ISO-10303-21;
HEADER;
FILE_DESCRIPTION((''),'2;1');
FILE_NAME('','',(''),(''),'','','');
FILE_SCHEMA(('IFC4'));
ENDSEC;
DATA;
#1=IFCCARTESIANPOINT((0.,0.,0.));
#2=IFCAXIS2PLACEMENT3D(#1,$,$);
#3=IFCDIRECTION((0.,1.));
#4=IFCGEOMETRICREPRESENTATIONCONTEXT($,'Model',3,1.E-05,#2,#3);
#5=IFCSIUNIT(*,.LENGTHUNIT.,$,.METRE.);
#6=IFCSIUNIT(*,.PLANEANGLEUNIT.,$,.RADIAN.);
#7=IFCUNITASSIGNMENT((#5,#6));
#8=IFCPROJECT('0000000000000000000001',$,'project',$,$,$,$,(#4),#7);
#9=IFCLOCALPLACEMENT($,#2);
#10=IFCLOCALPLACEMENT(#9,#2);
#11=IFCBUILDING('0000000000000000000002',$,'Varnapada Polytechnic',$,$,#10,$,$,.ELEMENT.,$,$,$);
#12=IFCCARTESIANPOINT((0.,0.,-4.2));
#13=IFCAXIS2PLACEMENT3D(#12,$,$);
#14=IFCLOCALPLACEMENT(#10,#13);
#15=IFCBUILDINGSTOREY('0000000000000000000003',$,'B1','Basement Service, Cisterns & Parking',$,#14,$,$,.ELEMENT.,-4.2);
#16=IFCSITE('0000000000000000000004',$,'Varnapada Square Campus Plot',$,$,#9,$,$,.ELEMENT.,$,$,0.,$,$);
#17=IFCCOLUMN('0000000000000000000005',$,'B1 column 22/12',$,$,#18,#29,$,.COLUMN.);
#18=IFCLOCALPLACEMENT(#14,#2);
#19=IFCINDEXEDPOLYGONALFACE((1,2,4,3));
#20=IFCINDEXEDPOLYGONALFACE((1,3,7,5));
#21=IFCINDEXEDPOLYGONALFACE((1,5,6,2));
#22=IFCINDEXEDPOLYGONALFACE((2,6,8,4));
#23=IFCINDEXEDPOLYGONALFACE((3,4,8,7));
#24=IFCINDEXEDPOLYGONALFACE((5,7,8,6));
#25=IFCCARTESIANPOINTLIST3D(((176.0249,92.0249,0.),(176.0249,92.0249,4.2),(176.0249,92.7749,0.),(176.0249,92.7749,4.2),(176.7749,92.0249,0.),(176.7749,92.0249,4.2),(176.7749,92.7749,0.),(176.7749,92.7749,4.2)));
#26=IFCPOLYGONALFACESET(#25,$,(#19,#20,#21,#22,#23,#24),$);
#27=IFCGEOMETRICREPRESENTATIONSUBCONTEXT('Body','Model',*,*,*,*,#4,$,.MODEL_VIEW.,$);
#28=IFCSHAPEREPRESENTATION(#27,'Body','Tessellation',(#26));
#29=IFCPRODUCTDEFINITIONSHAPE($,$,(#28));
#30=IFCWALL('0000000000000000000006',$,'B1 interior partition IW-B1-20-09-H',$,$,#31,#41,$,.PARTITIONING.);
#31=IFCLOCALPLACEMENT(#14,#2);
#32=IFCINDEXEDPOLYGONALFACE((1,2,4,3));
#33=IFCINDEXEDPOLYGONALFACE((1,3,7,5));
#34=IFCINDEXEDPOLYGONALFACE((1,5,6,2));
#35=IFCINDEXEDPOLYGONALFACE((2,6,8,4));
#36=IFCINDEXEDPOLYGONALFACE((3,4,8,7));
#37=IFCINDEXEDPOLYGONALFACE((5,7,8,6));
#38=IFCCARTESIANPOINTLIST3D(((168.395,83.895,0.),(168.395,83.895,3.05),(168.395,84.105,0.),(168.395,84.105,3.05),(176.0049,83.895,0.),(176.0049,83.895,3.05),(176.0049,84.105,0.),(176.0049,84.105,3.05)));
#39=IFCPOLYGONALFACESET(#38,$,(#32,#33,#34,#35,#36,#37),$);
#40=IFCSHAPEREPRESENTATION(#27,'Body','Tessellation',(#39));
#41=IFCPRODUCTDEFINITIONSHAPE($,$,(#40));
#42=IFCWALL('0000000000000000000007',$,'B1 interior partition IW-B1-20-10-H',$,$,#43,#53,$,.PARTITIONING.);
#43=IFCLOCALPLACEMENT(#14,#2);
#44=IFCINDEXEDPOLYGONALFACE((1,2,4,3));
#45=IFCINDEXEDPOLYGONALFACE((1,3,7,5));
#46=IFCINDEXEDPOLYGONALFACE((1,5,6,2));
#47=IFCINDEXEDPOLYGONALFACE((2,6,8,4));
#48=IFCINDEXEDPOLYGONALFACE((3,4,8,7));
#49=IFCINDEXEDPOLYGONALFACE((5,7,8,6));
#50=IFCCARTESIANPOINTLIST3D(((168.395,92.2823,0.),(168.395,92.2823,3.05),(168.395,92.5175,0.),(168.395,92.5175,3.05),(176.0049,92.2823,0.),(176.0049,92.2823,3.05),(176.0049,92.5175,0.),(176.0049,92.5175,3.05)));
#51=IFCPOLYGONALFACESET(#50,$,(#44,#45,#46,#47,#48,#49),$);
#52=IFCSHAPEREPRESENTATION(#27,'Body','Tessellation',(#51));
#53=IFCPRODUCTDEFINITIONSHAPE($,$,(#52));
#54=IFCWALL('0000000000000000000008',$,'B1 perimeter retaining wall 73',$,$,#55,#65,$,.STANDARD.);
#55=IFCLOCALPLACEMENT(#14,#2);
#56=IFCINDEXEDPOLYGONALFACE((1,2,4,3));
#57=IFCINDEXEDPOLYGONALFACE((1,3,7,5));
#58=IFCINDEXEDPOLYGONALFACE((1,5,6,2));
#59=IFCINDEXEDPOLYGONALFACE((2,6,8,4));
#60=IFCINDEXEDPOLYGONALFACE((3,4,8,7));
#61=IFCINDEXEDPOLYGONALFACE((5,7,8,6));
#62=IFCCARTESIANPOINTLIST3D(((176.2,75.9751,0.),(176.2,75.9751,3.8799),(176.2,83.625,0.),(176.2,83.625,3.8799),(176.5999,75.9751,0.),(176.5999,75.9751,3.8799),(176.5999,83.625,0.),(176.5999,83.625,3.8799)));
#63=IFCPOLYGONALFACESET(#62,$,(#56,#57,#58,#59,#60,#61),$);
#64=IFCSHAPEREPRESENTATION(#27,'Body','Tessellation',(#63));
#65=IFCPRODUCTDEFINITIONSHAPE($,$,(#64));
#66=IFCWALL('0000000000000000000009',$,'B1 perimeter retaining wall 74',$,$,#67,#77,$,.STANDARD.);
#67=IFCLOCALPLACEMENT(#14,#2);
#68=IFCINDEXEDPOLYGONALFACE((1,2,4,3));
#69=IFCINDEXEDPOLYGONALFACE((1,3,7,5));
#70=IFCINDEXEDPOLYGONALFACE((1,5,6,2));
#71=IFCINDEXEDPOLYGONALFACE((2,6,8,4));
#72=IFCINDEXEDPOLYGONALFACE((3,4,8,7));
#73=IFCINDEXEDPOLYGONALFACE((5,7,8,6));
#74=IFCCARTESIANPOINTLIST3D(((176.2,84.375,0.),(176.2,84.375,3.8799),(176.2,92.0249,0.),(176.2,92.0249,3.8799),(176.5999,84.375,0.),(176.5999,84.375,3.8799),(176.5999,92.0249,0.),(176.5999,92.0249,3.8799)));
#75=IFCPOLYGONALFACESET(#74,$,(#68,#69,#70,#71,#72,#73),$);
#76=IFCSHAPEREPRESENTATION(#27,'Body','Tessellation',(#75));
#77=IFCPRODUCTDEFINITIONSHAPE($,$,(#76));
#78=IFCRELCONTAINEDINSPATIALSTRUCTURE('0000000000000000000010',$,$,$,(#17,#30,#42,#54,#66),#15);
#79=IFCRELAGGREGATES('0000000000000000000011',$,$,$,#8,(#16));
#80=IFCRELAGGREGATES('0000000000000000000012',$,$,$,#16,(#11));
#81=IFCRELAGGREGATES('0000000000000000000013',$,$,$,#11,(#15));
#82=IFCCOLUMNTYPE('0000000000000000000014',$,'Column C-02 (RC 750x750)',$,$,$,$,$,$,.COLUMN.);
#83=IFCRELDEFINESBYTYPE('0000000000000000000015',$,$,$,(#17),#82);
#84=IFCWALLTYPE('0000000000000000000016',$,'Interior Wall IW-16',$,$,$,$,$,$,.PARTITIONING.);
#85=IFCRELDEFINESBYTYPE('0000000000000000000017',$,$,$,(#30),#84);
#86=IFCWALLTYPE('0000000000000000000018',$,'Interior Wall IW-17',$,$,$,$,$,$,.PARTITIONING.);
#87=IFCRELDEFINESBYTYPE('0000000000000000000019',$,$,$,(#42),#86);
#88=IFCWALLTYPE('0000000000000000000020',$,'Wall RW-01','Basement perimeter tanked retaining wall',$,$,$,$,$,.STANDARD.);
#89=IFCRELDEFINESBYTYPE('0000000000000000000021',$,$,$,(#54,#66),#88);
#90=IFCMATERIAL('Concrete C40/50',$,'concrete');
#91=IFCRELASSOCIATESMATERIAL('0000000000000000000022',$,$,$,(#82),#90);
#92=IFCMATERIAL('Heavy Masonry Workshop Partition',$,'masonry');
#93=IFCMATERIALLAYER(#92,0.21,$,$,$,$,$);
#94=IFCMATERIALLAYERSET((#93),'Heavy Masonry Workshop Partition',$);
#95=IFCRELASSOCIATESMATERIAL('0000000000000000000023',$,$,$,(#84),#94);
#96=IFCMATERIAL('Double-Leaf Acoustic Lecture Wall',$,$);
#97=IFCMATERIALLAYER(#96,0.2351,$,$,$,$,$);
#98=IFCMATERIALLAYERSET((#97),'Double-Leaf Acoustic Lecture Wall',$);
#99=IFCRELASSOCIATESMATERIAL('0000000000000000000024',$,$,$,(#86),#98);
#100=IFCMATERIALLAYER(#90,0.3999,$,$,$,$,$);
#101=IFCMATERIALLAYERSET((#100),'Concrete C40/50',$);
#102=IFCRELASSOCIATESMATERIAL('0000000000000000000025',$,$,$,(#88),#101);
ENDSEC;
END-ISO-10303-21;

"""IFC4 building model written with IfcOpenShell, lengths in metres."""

from ifc_helpers import new_model, si_unit, direction, frame, frame_2d, origin, origin_2d, place, context, subcontext, project, spatial, rectangle, extrude, material, layer, layer_set, material_profile, profile_set, type_object, element, save


model = new_model("IFC4")

# Units and contexts
model_context = context("Model", 3, precision=1e-05, world=origin(), true_north=direction((0.0, 1.0)))
body_context = subcontext(model_context, "Body", "Model", "MODEL_VIEW")
ifc_project = project(units=[si_unit("LENGTHUNIT", "METRE"), si_unit("PLANEANGLEUNIT", "RADIAN")], contexts=[model_context])

# Site, building, storey
site_placement = place(None, origin())
site = spatial("IfcSite", under=ifc_project, at=site_placement, Name="Varnapada Square Campus Plot", CompositionType="ELEMENT", RefElevation=0.0)
building_placement = place(site_placement, origin())
building = spatial("IfcBuilding", under=site, at=building_placement, Name="Varnapada Polytechnic", CompositionType="ELEMENT")
storey_placement = place(building_placement, frame((0.0, 0.0, -4.2)))
storey = spatial("IfcBuildingStorey", under=building, at=storey_placement, Name="B1", Description="Basement Service, Cisterns & Parking", CompositionType="ELEMENT", Elevation=-4.2)

# Shared definitions
ifc_material_1 = material(Name="Concrete C40/50", Category="concrete")

# Column
ifc_material_profile_1 = material_profile(ifc_material_1, rectangle(XDim=0.75, YDim=0.75, at=origin_2d()), Name="RC 750x750")
ifc_profile_set_1 = profile_set([ifc_material_profile_1], Name="Concrete C40/50")
column_type = type_object("IfcColumnType", Name="Column C-02 (RC 750x750)", PredefinedType="COLUMN", material=ifc_profile_set_1)
for number, where, z_axis, x_axis, name in (
    (1, (176.3999, 92.3999, 0.0), (0.0, 0.0, 1.0), (1.0, 0.0, 0.0), "B1 column 22/12"),
):
    element("IfcColumn", number, at=place(storey_placement, frame(where, z_axis=z_axis, x_axis=x_axis)), inside=storey, type_object=column_type, Name=name, PredefinedType="COLUMN", context=body_context, shape_type="SweptSolid", body=[
        extrude(rectangle(XDim=0.75, YDim=0.75, at=origin_2d()), origin(), (0.0, 0.0, 1.0), 4.2),
    ])

# Walls
ifc_material_2 = material(Name="Heavy Masonry Workshop Partition", Category="masonry")
ifc_layer_1 = layer(ifc_material_2, 0.21)
ifc_layer_set_1 = layer_set([ifc_layer_1], Name="Heavy Masonry Workshop Partition")
wall_type_1 = type_object("IfcWallType", Name="Interior Wall IW-16", PredefinedType="PARTITIONING", material=ifc_layer_set_1)
wall_1_placement = place(storey_placement, frame((168.395, 84.0, 0.0), z_axis=(0.0, 0.0, 1.0), x_axis=(1.0, 0.0, 0.0)))
element("IfcWall", 2, at=wall_1_placement, inside=storey, type_object=wall_type_1, Name="B1 interior partition IW-B1-20-09-H", PredefinedType="PARTITIONING", context=body_context, shape_type="SweptSolid", body=[
    extrude(rectangle(XDim=7.6099, YDim=0.21, at=frame_2d((3.8049, 0.0))), origin(), (0.0, 0.0, 1.0), 3.05),
])
ifc_material_3 = material(Name="Double-Leaf Acoustic Lecture Wall")
ifc_layer_2 = layer(ifc_material_3, 0.2351)
ifc_layer_set_2 = layer_set([ifc_layer_2], Name="Double-Leaf Acoustic Lecture Wall")
wall_type_2 = type_object("IfcWallType", Name="Interior Wall IW-17", PredefinedType="PARTITIONING", material=ifc_layer_set_2)
wall_2_placement = place(storey_placement, frame((168.395, 92.3999, 0.0), z_axis=(0.0, 0.0, 1.0), x_axis=(1.0, 0.0, 0.0)))
element("IfcWall", 3, at=wall_2_placement, inside=storey, type_object=wall_type_2, Name="B1 interior partition IW-B1-20-10-H", PredefinedType="PARTITIONING", context=body_context, shape_type="SweptSolid", body=[
    extrude(rectangle(XDim=7.6099, YDim=0.2351, at=frame_2d((3.8049, 0.0))), origin(), (0.0, 0.0, 1.0), 3.05),
])
ifc_layer_3 = layer(ifc_material_1, 0.3999)
ifc_layer_set_3 = layer_set([ifc_layer_3], Name="Concrete C40/50")
wall_type_3 = type_object("IfcWallType", Name="Wall RW-01", Description="Basement perimeter tanked retaining wall", PredefinedType="STANDARD", material=ifc_layer_set_3)
for number, where, z_axis, x_axis, name in (
    (4, (176.3999, 83.625, 0.0), (0.0, 0.0, 1.0), (0.0, -1.0, 0.0), "B1 perimeter retaining wall 73"),
    (5, (176.3999, 92.0249, 0.0), (0.0, 0.0, 1.0), (0.0, -1.0, 0.0), "B1 perimeter retaining wall 74"),
):
    element("IfcWall", number, at=place(storey_placement, frame(where, z_axis=z_axis, x_axis=x_axis)), inside=storey, type_object=wall_type_3, Name=name, PredefinedType="STANDARD", context=body_context, shape_type="SweptSolid", body=[
        extrude(rectangle(XDim=7.6499, YDim=0.3999, at=frame_2d((3.825, 0.0))), origin(), (0.0, 0.0, 1.0), 3.8799),
    ])

save(model, "model.ifc")
